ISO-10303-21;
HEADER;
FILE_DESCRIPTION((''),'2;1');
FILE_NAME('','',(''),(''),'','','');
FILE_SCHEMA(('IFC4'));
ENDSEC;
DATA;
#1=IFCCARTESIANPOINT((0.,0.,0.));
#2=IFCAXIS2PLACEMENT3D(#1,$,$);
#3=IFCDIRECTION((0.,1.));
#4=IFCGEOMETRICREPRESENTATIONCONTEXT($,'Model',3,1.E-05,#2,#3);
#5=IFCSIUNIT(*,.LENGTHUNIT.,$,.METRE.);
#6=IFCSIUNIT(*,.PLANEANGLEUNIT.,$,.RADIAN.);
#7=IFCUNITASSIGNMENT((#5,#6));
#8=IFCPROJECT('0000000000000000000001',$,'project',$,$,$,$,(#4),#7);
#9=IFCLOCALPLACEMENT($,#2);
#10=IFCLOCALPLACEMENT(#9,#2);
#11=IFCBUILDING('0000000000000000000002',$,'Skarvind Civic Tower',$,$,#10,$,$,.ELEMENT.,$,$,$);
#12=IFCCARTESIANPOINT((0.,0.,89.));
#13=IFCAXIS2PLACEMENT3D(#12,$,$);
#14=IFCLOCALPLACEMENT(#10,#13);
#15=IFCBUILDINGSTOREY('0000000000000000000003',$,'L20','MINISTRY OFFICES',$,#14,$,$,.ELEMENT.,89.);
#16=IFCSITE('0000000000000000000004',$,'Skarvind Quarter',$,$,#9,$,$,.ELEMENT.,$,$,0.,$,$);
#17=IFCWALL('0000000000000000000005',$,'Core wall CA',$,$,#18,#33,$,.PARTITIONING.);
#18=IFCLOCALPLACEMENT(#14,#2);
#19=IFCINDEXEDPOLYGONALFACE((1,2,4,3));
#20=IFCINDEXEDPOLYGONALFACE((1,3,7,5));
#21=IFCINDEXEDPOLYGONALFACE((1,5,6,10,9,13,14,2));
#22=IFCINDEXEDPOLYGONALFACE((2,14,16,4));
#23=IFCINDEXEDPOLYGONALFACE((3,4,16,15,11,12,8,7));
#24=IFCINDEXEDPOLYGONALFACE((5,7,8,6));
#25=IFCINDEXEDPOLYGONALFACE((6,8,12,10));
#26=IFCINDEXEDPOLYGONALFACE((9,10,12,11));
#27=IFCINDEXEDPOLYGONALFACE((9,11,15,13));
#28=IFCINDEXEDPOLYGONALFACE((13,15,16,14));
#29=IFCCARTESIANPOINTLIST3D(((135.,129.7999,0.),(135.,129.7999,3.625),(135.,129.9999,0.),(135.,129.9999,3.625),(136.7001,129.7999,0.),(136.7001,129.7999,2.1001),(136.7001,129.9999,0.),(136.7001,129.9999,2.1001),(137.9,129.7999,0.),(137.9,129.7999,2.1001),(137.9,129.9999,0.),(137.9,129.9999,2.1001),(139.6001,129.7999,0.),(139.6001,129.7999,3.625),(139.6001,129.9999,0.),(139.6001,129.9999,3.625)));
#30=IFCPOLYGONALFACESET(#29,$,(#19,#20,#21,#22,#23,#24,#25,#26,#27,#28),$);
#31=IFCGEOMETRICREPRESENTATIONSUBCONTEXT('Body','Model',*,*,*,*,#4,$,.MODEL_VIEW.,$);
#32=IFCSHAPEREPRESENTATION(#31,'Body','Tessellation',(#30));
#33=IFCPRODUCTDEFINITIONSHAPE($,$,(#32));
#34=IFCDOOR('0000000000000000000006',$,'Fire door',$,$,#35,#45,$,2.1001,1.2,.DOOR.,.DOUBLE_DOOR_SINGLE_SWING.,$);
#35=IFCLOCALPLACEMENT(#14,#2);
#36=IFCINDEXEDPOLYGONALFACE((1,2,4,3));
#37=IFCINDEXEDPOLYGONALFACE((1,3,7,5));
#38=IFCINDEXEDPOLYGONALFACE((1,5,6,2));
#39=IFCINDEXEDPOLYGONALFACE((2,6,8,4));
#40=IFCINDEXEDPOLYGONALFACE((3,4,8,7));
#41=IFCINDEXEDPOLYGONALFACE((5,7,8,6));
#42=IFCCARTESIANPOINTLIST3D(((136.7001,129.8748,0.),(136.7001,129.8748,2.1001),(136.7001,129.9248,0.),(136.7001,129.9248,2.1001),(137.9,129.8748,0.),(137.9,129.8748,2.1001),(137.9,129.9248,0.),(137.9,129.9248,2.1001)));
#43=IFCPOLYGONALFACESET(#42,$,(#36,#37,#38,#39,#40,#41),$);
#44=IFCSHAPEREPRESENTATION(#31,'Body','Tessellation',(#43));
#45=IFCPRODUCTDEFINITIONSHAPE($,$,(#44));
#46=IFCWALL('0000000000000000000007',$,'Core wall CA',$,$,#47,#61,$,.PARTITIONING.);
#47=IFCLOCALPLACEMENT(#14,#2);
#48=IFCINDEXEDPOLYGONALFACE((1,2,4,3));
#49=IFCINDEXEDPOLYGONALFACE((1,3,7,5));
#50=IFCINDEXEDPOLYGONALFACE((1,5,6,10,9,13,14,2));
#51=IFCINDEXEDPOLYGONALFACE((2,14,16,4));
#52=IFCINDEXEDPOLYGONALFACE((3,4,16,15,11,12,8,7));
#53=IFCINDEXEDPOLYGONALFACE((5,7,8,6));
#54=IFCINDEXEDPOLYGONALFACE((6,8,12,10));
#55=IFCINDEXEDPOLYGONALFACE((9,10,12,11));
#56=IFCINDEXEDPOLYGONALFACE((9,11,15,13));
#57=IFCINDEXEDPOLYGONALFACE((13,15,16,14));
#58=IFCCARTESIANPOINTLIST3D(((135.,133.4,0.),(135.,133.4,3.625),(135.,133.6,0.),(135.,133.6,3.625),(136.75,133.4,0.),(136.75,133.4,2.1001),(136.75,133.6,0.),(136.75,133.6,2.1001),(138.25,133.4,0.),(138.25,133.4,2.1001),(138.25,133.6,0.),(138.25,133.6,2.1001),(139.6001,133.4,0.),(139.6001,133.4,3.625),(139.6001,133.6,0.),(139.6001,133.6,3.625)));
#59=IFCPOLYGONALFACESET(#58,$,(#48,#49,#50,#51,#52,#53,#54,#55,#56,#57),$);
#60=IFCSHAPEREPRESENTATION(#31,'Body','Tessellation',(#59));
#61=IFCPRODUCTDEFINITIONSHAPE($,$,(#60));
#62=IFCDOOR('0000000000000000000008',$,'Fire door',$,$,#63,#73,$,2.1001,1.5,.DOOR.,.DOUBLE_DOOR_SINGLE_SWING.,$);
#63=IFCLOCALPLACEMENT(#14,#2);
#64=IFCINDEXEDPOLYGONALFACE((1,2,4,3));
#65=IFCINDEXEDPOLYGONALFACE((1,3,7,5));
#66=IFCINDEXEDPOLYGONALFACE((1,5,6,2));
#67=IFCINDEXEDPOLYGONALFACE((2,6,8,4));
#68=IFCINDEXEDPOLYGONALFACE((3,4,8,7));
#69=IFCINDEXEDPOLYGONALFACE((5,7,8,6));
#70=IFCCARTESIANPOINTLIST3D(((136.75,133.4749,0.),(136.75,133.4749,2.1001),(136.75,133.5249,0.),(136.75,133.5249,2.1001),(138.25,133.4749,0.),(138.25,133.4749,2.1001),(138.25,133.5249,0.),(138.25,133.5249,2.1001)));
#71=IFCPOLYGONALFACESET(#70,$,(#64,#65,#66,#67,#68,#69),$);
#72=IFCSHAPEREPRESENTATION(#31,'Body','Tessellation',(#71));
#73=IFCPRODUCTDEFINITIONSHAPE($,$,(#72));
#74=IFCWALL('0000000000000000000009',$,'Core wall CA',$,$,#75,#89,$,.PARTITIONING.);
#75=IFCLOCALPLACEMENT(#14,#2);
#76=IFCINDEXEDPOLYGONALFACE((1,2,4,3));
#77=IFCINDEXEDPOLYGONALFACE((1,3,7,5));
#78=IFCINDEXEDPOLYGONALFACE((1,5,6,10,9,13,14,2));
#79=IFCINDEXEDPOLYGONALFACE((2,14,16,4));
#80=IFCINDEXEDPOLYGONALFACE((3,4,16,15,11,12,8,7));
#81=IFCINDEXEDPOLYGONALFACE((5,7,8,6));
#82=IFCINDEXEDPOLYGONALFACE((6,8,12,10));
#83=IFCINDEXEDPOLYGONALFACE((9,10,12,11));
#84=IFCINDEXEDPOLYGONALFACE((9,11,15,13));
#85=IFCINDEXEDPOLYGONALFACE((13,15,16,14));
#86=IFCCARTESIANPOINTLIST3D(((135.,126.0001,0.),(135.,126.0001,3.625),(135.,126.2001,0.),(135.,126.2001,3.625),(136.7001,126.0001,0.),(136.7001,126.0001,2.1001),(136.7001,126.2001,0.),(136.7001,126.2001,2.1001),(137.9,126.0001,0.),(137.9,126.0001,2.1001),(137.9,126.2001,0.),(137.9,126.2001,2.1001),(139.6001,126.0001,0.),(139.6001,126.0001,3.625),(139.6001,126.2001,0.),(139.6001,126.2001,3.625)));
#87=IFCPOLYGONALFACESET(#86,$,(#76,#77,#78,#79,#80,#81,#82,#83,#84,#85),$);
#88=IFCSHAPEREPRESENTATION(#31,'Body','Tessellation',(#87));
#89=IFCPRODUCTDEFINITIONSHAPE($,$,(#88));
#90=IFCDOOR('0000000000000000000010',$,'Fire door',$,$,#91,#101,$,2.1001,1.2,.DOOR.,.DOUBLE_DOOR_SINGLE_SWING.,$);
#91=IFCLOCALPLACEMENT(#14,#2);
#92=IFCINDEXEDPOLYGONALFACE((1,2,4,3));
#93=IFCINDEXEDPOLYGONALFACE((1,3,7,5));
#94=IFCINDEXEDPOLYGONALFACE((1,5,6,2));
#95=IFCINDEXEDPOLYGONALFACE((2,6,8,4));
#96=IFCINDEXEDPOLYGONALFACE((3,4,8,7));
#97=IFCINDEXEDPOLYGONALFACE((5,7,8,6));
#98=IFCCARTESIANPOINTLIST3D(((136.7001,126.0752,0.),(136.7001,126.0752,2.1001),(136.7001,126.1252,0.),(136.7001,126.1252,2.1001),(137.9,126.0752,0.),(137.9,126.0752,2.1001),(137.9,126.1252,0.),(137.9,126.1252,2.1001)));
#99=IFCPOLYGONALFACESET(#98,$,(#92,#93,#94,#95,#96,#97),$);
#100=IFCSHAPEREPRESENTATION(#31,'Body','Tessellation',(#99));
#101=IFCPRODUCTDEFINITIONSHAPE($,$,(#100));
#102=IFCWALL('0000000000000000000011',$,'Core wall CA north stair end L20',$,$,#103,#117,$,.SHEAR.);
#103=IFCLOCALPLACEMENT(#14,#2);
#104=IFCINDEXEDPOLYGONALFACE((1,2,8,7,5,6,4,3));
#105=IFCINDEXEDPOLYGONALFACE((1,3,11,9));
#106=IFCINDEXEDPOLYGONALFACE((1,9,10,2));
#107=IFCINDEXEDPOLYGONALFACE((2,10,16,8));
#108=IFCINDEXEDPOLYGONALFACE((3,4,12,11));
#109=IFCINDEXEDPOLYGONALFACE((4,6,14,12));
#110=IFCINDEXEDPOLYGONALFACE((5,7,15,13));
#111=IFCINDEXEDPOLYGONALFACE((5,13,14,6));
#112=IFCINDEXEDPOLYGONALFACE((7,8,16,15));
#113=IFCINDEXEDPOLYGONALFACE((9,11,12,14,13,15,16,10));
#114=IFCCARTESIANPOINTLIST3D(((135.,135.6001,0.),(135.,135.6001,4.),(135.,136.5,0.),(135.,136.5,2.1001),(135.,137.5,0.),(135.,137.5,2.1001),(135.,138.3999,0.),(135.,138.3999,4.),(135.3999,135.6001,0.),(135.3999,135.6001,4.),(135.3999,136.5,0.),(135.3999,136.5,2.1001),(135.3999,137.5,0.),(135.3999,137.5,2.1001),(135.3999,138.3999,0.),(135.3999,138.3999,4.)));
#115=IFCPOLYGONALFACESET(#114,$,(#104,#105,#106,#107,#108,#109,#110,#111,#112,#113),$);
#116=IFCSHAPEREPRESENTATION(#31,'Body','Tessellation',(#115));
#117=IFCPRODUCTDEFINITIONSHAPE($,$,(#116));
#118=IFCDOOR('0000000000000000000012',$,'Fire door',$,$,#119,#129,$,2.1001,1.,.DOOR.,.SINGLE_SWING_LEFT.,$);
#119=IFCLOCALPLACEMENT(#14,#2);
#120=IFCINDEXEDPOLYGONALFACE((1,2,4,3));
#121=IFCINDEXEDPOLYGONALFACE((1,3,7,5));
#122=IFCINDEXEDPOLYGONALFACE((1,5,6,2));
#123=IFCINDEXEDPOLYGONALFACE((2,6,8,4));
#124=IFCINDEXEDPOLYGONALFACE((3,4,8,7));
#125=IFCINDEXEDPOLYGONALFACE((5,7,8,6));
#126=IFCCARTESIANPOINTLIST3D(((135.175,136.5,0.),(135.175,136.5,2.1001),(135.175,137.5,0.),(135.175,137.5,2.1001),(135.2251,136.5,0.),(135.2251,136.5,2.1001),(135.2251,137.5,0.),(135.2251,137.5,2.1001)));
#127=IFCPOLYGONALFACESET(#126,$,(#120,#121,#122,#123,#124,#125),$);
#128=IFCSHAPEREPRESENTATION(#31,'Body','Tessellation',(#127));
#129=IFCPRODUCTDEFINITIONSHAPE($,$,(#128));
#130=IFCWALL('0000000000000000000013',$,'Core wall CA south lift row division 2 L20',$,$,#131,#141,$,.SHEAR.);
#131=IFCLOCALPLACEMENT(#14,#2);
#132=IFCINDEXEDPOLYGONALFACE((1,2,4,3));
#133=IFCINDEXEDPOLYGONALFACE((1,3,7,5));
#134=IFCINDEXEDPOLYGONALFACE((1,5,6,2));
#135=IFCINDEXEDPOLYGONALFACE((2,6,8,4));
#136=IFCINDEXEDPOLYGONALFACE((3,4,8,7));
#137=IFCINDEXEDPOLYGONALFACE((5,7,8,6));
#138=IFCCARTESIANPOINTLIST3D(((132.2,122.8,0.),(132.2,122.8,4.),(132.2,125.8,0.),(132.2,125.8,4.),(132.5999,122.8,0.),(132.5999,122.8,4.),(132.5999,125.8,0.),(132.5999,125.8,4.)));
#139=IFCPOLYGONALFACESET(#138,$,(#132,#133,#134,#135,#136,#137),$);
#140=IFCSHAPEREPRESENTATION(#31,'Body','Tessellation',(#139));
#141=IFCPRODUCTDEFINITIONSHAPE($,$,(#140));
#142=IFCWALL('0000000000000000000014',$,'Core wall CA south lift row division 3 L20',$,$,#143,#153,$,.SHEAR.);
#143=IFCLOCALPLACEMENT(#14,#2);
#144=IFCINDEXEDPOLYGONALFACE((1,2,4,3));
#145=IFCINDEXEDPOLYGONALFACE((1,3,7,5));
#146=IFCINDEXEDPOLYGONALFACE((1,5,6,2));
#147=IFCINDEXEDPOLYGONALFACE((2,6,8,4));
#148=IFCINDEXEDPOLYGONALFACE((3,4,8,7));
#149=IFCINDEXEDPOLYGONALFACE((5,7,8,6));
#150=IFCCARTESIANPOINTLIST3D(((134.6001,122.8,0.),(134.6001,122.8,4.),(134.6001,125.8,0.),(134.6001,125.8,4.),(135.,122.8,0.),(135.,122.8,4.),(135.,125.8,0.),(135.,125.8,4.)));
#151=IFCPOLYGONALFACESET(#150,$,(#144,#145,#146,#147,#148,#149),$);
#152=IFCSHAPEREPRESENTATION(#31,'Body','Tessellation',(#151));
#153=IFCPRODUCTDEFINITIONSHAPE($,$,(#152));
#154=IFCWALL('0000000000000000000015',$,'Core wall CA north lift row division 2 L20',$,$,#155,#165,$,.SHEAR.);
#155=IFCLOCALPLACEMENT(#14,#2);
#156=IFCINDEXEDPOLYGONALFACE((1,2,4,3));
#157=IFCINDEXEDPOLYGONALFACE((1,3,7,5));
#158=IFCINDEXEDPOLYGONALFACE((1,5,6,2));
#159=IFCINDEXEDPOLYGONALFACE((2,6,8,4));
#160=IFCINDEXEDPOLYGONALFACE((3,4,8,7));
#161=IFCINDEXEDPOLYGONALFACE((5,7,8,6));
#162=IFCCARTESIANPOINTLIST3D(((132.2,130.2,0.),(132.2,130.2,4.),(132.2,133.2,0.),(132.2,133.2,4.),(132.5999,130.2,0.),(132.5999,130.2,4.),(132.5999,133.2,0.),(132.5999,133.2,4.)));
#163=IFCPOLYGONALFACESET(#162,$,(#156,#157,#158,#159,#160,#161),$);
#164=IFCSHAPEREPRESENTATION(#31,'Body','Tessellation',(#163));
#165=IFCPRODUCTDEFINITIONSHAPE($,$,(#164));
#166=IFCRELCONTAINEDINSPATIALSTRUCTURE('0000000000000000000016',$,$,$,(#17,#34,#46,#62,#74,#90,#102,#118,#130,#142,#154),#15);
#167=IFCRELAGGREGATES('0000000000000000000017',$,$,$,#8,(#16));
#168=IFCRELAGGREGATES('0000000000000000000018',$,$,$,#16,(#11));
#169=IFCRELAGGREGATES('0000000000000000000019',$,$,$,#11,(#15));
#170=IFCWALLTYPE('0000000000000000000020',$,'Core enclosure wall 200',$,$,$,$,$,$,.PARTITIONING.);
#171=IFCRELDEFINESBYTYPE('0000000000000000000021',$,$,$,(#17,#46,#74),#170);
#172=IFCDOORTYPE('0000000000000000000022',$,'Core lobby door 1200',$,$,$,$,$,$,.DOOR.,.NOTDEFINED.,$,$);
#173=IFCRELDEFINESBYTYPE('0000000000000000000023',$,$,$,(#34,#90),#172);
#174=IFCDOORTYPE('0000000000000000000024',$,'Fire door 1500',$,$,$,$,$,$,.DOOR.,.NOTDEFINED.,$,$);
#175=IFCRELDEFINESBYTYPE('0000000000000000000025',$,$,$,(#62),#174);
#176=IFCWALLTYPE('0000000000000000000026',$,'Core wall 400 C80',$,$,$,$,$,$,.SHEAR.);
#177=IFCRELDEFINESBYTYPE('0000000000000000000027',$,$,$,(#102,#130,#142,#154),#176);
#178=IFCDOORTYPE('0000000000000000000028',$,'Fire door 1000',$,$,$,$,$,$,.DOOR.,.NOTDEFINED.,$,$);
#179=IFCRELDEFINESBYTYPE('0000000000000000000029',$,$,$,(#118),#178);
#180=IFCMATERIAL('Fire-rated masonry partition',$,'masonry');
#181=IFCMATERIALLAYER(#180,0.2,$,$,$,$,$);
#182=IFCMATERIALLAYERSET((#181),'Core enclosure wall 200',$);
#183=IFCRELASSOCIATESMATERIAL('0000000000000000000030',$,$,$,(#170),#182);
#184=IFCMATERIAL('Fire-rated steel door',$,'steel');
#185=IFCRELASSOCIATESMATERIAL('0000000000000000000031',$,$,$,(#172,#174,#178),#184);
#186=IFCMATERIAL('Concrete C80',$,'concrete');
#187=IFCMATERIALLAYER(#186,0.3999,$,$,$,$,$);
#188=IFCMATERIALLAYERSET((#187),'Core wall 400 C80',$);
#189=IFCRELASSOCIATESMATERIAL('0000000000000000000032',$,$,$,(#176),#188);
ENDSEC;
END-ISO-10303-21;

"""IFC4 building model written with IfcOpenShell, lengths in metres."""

from ifc_helpers import new_model, si_unit, direction, frame, frame_2d, origin, place, context, subcontext, project, spatial, rectangle, extrude, material, layer, layer_set, type_object, element, fill, save


model = new_model("IFC4")

# Units and contexts
model_context = context("Model", 3, precision=1e-05, world=origin(), true_north=direction((0.0, 1.0)))
body_context = subcontext(model_context, "Body", "Model", "MODEL_VIEW")
ifc_project = project(units=[si_unit("LENGTHUNIT", "METRE"), si_unit("PLANEANGLEUNIT", "RADIAN")], contexts=[model_context])

# Site, building, storey
site_placement = place(None, origin())
site = spatial("IfcSite", under=ifc_project, at=site_placement, Name="Skarvind Quarter", CompositionType="ELEMENT", RefElevation=0.0)
building_placement = place(site_placement, origin())
building = spatial("IfcBuilding", under=site, at=building_placement, Name="Skarvind Civic Tower", CompositionType="ELEMENT")
storey_placement = place(building_placement, frame((0.0, 0.0, 89.0)))
storey = spatial("IfcBuildingStorey", under=building, at=storey_placement, Name="L20", Description="MINISTRY OFFICES", CompositionType="ELEMENT", Elevation=89.0)

# Walls, openings, doors
ifc_material_1 = material(Name="Fire-rated masonry partition", Category="masonry")
ifc_layer_1 = layer(ifc_material_1, 0.2)
ifc_layer_set_1 = layer_set([ifc_layer_1], Name="Core enclosure wall 200")
wall_type_1 = type_object("IfcWallType", Name="Core enclosure wall 200", PredefinedType="PARTITIONING", material=ifc_layer_set_1)
wall_1_placement = place(storey_placement, frame((135.0, 129.8999, 0.0), z_axis=(0.0, 0.0, 1.0), x_axis=(1.0, 0.0, 0.0)))
wall_1 = element("IfcWall", 1, at=wall_1_placement, inside=storey, type_object=wall_type_1, Name="Core wall CA", PredefinedType="PARTITIONING", context=body_context, shape_type="SweptSolid", body=[
    extrude(rectangle(XDim=4.6001, YDim=0.2, at=frame_2d((2.3, 0.0))), origin(), (0.0, 0.0, 1.0), 3.625),
])
opening_1_placement = place(wall_1_placement, frame((1.7, 0.0, 0.0)))
opening_1 = element("IfcOpeningElement", 2, at=opening_1_placement, cuts=wall_1, PredefinedType="OPENING", context=body_context, shape_type="SweptSolid", body=[
    extrude(rectangle(XDim=1.2, YDim=2.1001, at=frame_2d((0.6001, 1.05))), frame((0.0, 0.1099, 0.0), z_axis=(0.0, -1.0, 0.0), x_axis=(1.0, 0.0, 0.0)), (0.0, 0.0, 1.0), 0.22),
])
ifc_material_2 = material(Name="Fire-rated steel door", Category="steel")
door_type_1 = type_object("IfcDoorType", Name="Core lobby door 1200", OperationType="NOTDEFINED", PredefinedType="DOOR", material=ifc_material_2)
door_1_placement = place(opening_1_placement, origin())
door_1 = element("IfcDoor", 3, at=door_1_placement, inside=storey, type_object=door_type_1, Name="Fire door", OperationType="DOUBLE_DOOR_SINGLE_SWING", OverallHeight=2.1001, OverallWidth=1.2, PredefinedType="DOOR", context=body_context, shape_type="SweptSolid", body=[
    extrude(rectangle(XDim=1.2, YDim=2.1001, at=frame_2d((0.6001, 1.05))), frame((0.0, 0.0249, 0.0), z_axis=(0.0, -1.0, 0.0), x_axis=(1.0, 0.0, 0.0)), (0.0, 0.0, 1.0), 0.05),
])
fill(opening_1, door_1)
wall_2_placement = place(storey_placement, frame((135.0, 133.5, 0.0), z_axis=(0.0, 0.0, 1.0), x_axis=(1.0, 0.0, 0.0)))
wall_2 = element("IfcWall", 4, at=wall_2_placement, inside=storey, type_object=wall_type_1, Name="Core wall CA", PredefinedType="PARTITIONING", context=body_context, shape_type="SweptSolid", body=[
    extrude(rectangle(XDim=4.6001, YDim=0.2, at=frame_2d((2.3, 0.0))), origin(), (0.0, 0.0, 1.0), 3.625),
])
opening_2_placement = place(wall_2_placement, frame((1.75, 0.0, 0.0)))
opening_2 = element("IfcOpeningElement", 5, at=opening_2_placement, cuts=wall_2, PredefinedType="OPENING", context=body_context, shape_type="SweptSolid", body=[
    extrude(rectangle(XDim=1.5, YDim=2.1001, at=frame_2d((0.75, 1.05))), frame((0.0, 0.1099, 0.0), z_axis=(0.0, -1.0, 0.0), x_axis=(1.0, 0.0, 0.0)), (0.0, 0.0, 1.0), 0.22),
])
door_type_2 = type_object("IfcDoorType", Name="Fire door 1500", OperationType="NOTDEFINED", PredefinedType="DOOR", material=ifc_material_2)
door_2_placement = place(opening_2_placement, origin())
door_2 = element("IfcDoor", 6, at=door_2_placement, inside=storey, type_object=door_type_2, Name="Fire door", OperationType="DOUBLE_DOOR_SINGLE_SWING", OverallHeight=2.1001, OverallWidth=1.5, PredefinedType="DOOR", context=body_context, shape_type="SweptSolid", body=[
    extrude(rectangle(XDim=1.5, YDim=2.1001, at=frame_2d((0.75, 1.05))), frame((0.0, 0.0249, 0.0), z_axis=(0.0, -1.0, 0.0), x_axis=(1.0, 0.0, 0.0)), (0.0, 0.0, 1.0), 0.05),
])
fill(opening_2, door_2)
wall_3_placement = place(storey_placement, frame((139.6001, 126.1001, 0.0), z_axis=(0.0, 0.0, 1.0), x_axis=(-1.0, 0.0, 0.0)))
wall_3 = element("IfcWall", 7, at=wall_3_placement, inside=storey, type_object=wall_type_1, Name="Core wall CA", PredefinedType="PARTITIONING", context=body_context, shape_type="SweptSolid", body=[
    extrude(rectangle(XDim=4.6001, YDim=0.2, at=frame_2d((2.3, 0.0))), origin(), (0.0, 0.0, 1.0), 3.625),
])
opening_3_placement = place(wall_3_placement, frame((1.7, 0.0, 0.0)))
opening_3 = element("IfcOpeningElement", 8, at=opening_3_placement, cuts=wall_3, PredefinedType="OPENING", context=body_context, shape_type="SweptSolid", body=[
    extrude(rectangle(XDim=1.2, YDim=2.1001, at=frame_2d((0.6001, 1.05))), frame((0.0, 0.1099, 0.0), z_axis=(0.0, -1.0, 0.0), x_axis=(1.0, 0.0, 0.0)), (0.0, 0.0, 1.0), 0.22),
])
door_3_placement = place(opening_3_placement, origin())
door_3 = element("IfcDoor", 9, at=door_3_placement, inside=storey, type_object=door_type_1, Name="Fire door", OperationType="DOUBLE_DOOR_SINGLE_SWING", OverallHeight=2.1001, OverallWidth=1.2, PredefinedType="DOOR", context=body_context, shape_type="SweptSolid", body=[
    extrude(rectangle(XDim=1.2, YDim=2.1001, at=frame_2d((0.6001, 1.05))), frame((0.0, 0.0249, 0.0), z_axis=(0.0, -1.0, 0.0), x_axis=(1.0, 0.0, 0.0)), (0.0, 0.0, 1.0), 0.05),
])
fill(opening_3, door_3)
ifc_material_3 = material(Name="Concrete C80", Category="concrete")
ifc_layer_2 = layer(ifc_material_3, 0.3999)
ifc_layer_set_2 = layer_set([ifc_layer_2], Name="Core wall 400 C80")
wall_type_2 = type_object("IfcWallType", Name="Core wall 400 C80", PredefinedType="SHEAR", material=ifc_layer_set_2)
wall_4_placement = place(storey_placement, frame((135.2, 135.6001, 0.0), z_axis=(0.0, 0.0, 1.0), x_axis=(0.0, 1.0, 0.0)))
wall_4 = element("IfcWall", 10, at=wall_4_placement, inside=storey, type_object=wall_type_2, Name="Core wall CA north stair end L20", PredefinedType="SHEAR", context=body_context, shape_type="SweptSolid", body=[
    extrude(rectangle(XDim=2.7998, YDim=0.3999, at=frame_2d((1.3999, 0.0))), origin(), (0.0, 0.0, 1.0), 4.0),
])
opening_4_placement = place(wall_4_placement, frame((0.8999, 0.0, 0.0)))
opening_4 = element("IfcOpeningElement", 11, at=opening_4_placement, cuts=wall_4, PredefinedType="OPENING", context=body_context, shape_type="SweptSolid", body=[
    extrude(rectangle(XDim=1.0, YDim=2.1001, at=frame_2d((0.5, 1.05))), frame((0.0, 0.21, 0.0), z_axis=(0.0, -1.0, 0.0), x_axis=(1.0, 0.0, 0.0)), (0.0, 0.0, 1.0), 0.4199),
])
door_type_3 = type_object("IfcDoorType", Name="Fire door 1000", OperationType="NOTDEFINED", PredefinedType="DOOR", material=ifc_material_2)
door_4_placement = place(opening_4_placement, origin())
door_4 = element("IfcDoor", 12, at=door_4_placement, inside=storey, type_object=door_type_3, Name="Fire door", OperationType="SINGLE_SWING_LEFT", OverallHeight=2.1001, OverallWidth=1.0, PredefinedType="DOOR", context=body_context, shape_type="SweptSolid", body=[
    extrude(rectangle(XDim=1.0, YDim=2.1001, at=frame_2d((0.5, 1.05))), frame((0.0, 0.0249, 0.0), z_axis=(0.0, -1.0, 0.0), x_axis=(1.0, 0.0, 0.0)), (0.0, 0.0, 1.0), 0.05),
])
fill(opening_4, door_4)

# Walls
for number, where, z_axis, x_axis, name in (
    (13, (132.3999, 122.8, 0.0), (0.0, 0.0, 1.0), (0.0, 1.0, 0.0), "Core wall CA south lift row division 2 L20"),
    (14, (134.8, 122.8, 0.0), (0.0, 0.0, 1.0), (0.0, 1.0, 0.0), "Core wall CA south lift row division 3 L20"),
    (15, (132.3999, 130.2, 0.0), (0.0, 0.0, 1.0), (0.0, 1.0, 0.0), "Core wall CA north lift row division 2 L20"),
):
    element("IfcWall", number, at=place(storey_placement, frame(where, z_axis=z_axis, x_axis=x_axis)), inside=storey, type_object=wall_type_2, Name=name, PredefinedType="SHEAR", context=body_context, shape_type="SweptSolid", body=[
        extrude(rectangle(XDim=3.0, YDim=0.3999, at=frame_2d((1.5, 0.0))), origin(), (0.0, 0.0, 1.0), 4.0),
    ])

save(model, "model.ifc")
